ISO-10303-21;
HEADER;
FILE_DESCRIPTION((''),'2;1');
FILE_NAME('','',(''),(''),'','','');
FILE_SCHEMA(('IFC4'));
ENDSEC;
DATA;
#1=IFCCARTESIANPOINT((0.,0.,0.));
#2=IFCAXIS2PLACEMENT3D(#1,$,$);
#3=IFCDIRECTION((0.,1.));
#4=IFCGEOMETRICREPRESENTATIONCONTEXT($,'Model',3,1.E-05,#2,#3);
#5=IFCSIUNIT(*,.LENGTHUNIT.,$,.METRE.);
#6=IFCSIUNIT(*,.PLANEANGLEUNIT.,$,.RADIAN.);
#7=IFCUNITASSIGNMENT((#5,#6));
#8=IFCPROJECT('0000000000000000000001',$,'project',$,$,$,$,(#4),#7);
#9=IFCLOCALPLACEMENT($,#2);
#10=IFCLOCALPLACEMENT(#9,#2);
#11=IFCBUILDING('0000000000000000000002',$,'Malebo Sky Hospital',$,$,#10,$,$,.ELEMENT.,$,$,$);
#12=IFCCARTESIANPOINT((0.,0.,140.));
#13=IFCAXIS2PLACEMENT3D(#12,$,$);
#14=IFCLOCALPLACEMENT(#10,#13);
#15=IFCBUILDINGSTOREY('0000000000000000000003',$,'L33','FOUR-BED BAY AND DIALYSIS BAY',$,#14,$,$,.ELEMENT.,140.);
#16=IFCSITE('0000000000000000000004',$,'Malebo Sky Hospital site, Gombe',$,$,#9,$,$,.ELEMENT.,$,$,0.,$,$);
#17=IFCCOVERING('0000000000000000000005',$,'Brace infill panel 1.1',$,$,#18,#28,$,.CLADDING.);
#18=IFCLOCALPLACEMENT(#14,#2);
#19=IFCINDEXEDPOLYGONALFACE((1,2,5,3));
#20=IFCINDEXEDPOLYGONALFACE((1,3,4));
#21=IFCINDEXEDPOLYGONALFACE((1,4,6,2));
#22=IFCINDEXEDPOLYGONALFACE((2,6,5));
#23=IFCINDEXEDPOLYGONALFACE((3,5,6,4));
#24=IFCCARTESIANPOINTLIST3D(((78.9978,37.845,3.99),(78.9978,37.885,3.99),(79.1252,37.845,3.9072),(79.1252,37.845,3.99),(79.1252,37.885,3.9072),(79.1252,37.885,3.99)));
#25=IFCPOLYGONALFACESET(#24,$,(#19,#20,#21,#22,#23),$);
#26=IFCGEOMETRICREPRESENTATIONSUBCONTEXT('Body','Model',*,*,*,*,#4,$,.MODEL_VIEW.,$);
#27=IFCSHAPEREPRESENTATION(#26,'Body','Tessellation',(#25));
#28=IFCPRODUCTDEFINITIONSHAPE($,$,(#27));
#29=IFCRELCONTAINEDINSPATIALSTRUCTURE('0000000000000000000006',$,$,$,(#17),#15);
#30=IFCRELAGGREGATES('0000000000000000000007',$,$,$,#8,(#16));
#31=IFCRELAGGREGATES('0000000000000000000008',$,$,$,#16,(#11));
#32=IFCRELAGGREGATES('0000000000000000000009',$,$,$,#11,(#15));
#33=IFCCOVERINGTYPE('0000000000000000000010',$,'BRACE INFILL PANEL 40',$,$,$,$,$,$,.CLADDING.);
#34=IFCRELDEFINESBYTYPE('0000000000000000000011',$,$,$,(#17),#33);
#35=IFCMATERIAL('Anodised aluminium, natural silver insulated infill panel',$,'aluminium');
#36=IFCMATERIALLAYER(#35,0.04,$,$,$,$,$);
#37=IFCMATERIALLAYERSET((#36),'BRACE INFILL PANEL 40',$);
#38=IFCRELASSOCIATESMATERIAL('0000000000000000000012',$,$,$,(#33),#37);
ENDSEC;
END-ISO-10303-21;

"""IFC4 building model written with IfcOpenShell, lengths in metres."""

from ifc_helpers import new_model, si_unit, direction, frame, origin, place, context, subcontext, project, spatial, polyline, outline, extrude, material, layer, layer_set, type_object, element, save


model = new_model("IFC4")

# Units and contexts
model_context = context("Model", 3, precision=1e-05, world=origin(), true_north=direction((0.0, 1.0)))
body_context = subcontext(model_context, "Body", "Model", "MODEL_VIEW")
ifc_project = project(units=[si_unit("LENGTHUNIT", "METRE"), si_unit("PLANEANGLEUNIT", "RADIAN")], contexts=[model_context])

# Site, building, storey
site_placement = place(None, origin())
site = spatial("IfcSite", under=ifc_project, at=site_placement, Name="Malebo Sky Hospital site, Gombe", CompositionType="ELEMENT", RefElevation=0.0)
building_placement = place(site_placement, origin())
building = spatial("IfcBuilding", under=site, at=building_placement, Name="Malebo Sky Hospital", CompositionType="ELEMENT")
storey_placement = place(building_placement, frame((0.0, 0.0, 140.0)))
storey = spatial("IfcBuildingStorey", under=building, at=storey_placement, Name="L33", Description="FOUR-BED BAY AND DIALYSIS BAY", CompositionType="ELEMENT", Elevation=140.0)

# Covering
ifc_material_1 = material(Name="Anodised aluminium, natural silver insulated infill panel", Category="aluminium")
ifc_layer_1 = layer(ifc_material_1, 0.04)
ifc_layer_set_1 = layer_set([ifc_layer_1], Name="BRACE INFILL PANEL 40")
covering_type = type_object("IfcCoveringType", Name="BRACE INFILL PANEL 40", PredefinedType="CLADDING", material=ifc_layer_set_1)
covering_placement = place(storey_placement, frame((79.0615, 37.865, 3.9072), z_axis=(0.0, 0.0, 1.0), x_axis=(-1.0, 0.0, 0.0)))
element("IfcCovering", 1, at=covering_placement, inside=storey, type_object=covering_type, Name="Brace infill panel 1.1", PredefinedType="CLADDING", context=body_context, shape_type="SweptSolid", body=[
    extrude(outline(polyline([(-0.0637, 0.0), (0.0637, 0.0828), (-0.0637, 0.0828), (-0.0637, 0.0)])), frame((0.0, 0.02, 0.0), z_axis=(0.0, -1.0, 0.0), x_axis=(1.0, 0.0, 0.0)), (0.0, 0.0, 1.0), 0.04),
])

save(model, "model.ifc")
